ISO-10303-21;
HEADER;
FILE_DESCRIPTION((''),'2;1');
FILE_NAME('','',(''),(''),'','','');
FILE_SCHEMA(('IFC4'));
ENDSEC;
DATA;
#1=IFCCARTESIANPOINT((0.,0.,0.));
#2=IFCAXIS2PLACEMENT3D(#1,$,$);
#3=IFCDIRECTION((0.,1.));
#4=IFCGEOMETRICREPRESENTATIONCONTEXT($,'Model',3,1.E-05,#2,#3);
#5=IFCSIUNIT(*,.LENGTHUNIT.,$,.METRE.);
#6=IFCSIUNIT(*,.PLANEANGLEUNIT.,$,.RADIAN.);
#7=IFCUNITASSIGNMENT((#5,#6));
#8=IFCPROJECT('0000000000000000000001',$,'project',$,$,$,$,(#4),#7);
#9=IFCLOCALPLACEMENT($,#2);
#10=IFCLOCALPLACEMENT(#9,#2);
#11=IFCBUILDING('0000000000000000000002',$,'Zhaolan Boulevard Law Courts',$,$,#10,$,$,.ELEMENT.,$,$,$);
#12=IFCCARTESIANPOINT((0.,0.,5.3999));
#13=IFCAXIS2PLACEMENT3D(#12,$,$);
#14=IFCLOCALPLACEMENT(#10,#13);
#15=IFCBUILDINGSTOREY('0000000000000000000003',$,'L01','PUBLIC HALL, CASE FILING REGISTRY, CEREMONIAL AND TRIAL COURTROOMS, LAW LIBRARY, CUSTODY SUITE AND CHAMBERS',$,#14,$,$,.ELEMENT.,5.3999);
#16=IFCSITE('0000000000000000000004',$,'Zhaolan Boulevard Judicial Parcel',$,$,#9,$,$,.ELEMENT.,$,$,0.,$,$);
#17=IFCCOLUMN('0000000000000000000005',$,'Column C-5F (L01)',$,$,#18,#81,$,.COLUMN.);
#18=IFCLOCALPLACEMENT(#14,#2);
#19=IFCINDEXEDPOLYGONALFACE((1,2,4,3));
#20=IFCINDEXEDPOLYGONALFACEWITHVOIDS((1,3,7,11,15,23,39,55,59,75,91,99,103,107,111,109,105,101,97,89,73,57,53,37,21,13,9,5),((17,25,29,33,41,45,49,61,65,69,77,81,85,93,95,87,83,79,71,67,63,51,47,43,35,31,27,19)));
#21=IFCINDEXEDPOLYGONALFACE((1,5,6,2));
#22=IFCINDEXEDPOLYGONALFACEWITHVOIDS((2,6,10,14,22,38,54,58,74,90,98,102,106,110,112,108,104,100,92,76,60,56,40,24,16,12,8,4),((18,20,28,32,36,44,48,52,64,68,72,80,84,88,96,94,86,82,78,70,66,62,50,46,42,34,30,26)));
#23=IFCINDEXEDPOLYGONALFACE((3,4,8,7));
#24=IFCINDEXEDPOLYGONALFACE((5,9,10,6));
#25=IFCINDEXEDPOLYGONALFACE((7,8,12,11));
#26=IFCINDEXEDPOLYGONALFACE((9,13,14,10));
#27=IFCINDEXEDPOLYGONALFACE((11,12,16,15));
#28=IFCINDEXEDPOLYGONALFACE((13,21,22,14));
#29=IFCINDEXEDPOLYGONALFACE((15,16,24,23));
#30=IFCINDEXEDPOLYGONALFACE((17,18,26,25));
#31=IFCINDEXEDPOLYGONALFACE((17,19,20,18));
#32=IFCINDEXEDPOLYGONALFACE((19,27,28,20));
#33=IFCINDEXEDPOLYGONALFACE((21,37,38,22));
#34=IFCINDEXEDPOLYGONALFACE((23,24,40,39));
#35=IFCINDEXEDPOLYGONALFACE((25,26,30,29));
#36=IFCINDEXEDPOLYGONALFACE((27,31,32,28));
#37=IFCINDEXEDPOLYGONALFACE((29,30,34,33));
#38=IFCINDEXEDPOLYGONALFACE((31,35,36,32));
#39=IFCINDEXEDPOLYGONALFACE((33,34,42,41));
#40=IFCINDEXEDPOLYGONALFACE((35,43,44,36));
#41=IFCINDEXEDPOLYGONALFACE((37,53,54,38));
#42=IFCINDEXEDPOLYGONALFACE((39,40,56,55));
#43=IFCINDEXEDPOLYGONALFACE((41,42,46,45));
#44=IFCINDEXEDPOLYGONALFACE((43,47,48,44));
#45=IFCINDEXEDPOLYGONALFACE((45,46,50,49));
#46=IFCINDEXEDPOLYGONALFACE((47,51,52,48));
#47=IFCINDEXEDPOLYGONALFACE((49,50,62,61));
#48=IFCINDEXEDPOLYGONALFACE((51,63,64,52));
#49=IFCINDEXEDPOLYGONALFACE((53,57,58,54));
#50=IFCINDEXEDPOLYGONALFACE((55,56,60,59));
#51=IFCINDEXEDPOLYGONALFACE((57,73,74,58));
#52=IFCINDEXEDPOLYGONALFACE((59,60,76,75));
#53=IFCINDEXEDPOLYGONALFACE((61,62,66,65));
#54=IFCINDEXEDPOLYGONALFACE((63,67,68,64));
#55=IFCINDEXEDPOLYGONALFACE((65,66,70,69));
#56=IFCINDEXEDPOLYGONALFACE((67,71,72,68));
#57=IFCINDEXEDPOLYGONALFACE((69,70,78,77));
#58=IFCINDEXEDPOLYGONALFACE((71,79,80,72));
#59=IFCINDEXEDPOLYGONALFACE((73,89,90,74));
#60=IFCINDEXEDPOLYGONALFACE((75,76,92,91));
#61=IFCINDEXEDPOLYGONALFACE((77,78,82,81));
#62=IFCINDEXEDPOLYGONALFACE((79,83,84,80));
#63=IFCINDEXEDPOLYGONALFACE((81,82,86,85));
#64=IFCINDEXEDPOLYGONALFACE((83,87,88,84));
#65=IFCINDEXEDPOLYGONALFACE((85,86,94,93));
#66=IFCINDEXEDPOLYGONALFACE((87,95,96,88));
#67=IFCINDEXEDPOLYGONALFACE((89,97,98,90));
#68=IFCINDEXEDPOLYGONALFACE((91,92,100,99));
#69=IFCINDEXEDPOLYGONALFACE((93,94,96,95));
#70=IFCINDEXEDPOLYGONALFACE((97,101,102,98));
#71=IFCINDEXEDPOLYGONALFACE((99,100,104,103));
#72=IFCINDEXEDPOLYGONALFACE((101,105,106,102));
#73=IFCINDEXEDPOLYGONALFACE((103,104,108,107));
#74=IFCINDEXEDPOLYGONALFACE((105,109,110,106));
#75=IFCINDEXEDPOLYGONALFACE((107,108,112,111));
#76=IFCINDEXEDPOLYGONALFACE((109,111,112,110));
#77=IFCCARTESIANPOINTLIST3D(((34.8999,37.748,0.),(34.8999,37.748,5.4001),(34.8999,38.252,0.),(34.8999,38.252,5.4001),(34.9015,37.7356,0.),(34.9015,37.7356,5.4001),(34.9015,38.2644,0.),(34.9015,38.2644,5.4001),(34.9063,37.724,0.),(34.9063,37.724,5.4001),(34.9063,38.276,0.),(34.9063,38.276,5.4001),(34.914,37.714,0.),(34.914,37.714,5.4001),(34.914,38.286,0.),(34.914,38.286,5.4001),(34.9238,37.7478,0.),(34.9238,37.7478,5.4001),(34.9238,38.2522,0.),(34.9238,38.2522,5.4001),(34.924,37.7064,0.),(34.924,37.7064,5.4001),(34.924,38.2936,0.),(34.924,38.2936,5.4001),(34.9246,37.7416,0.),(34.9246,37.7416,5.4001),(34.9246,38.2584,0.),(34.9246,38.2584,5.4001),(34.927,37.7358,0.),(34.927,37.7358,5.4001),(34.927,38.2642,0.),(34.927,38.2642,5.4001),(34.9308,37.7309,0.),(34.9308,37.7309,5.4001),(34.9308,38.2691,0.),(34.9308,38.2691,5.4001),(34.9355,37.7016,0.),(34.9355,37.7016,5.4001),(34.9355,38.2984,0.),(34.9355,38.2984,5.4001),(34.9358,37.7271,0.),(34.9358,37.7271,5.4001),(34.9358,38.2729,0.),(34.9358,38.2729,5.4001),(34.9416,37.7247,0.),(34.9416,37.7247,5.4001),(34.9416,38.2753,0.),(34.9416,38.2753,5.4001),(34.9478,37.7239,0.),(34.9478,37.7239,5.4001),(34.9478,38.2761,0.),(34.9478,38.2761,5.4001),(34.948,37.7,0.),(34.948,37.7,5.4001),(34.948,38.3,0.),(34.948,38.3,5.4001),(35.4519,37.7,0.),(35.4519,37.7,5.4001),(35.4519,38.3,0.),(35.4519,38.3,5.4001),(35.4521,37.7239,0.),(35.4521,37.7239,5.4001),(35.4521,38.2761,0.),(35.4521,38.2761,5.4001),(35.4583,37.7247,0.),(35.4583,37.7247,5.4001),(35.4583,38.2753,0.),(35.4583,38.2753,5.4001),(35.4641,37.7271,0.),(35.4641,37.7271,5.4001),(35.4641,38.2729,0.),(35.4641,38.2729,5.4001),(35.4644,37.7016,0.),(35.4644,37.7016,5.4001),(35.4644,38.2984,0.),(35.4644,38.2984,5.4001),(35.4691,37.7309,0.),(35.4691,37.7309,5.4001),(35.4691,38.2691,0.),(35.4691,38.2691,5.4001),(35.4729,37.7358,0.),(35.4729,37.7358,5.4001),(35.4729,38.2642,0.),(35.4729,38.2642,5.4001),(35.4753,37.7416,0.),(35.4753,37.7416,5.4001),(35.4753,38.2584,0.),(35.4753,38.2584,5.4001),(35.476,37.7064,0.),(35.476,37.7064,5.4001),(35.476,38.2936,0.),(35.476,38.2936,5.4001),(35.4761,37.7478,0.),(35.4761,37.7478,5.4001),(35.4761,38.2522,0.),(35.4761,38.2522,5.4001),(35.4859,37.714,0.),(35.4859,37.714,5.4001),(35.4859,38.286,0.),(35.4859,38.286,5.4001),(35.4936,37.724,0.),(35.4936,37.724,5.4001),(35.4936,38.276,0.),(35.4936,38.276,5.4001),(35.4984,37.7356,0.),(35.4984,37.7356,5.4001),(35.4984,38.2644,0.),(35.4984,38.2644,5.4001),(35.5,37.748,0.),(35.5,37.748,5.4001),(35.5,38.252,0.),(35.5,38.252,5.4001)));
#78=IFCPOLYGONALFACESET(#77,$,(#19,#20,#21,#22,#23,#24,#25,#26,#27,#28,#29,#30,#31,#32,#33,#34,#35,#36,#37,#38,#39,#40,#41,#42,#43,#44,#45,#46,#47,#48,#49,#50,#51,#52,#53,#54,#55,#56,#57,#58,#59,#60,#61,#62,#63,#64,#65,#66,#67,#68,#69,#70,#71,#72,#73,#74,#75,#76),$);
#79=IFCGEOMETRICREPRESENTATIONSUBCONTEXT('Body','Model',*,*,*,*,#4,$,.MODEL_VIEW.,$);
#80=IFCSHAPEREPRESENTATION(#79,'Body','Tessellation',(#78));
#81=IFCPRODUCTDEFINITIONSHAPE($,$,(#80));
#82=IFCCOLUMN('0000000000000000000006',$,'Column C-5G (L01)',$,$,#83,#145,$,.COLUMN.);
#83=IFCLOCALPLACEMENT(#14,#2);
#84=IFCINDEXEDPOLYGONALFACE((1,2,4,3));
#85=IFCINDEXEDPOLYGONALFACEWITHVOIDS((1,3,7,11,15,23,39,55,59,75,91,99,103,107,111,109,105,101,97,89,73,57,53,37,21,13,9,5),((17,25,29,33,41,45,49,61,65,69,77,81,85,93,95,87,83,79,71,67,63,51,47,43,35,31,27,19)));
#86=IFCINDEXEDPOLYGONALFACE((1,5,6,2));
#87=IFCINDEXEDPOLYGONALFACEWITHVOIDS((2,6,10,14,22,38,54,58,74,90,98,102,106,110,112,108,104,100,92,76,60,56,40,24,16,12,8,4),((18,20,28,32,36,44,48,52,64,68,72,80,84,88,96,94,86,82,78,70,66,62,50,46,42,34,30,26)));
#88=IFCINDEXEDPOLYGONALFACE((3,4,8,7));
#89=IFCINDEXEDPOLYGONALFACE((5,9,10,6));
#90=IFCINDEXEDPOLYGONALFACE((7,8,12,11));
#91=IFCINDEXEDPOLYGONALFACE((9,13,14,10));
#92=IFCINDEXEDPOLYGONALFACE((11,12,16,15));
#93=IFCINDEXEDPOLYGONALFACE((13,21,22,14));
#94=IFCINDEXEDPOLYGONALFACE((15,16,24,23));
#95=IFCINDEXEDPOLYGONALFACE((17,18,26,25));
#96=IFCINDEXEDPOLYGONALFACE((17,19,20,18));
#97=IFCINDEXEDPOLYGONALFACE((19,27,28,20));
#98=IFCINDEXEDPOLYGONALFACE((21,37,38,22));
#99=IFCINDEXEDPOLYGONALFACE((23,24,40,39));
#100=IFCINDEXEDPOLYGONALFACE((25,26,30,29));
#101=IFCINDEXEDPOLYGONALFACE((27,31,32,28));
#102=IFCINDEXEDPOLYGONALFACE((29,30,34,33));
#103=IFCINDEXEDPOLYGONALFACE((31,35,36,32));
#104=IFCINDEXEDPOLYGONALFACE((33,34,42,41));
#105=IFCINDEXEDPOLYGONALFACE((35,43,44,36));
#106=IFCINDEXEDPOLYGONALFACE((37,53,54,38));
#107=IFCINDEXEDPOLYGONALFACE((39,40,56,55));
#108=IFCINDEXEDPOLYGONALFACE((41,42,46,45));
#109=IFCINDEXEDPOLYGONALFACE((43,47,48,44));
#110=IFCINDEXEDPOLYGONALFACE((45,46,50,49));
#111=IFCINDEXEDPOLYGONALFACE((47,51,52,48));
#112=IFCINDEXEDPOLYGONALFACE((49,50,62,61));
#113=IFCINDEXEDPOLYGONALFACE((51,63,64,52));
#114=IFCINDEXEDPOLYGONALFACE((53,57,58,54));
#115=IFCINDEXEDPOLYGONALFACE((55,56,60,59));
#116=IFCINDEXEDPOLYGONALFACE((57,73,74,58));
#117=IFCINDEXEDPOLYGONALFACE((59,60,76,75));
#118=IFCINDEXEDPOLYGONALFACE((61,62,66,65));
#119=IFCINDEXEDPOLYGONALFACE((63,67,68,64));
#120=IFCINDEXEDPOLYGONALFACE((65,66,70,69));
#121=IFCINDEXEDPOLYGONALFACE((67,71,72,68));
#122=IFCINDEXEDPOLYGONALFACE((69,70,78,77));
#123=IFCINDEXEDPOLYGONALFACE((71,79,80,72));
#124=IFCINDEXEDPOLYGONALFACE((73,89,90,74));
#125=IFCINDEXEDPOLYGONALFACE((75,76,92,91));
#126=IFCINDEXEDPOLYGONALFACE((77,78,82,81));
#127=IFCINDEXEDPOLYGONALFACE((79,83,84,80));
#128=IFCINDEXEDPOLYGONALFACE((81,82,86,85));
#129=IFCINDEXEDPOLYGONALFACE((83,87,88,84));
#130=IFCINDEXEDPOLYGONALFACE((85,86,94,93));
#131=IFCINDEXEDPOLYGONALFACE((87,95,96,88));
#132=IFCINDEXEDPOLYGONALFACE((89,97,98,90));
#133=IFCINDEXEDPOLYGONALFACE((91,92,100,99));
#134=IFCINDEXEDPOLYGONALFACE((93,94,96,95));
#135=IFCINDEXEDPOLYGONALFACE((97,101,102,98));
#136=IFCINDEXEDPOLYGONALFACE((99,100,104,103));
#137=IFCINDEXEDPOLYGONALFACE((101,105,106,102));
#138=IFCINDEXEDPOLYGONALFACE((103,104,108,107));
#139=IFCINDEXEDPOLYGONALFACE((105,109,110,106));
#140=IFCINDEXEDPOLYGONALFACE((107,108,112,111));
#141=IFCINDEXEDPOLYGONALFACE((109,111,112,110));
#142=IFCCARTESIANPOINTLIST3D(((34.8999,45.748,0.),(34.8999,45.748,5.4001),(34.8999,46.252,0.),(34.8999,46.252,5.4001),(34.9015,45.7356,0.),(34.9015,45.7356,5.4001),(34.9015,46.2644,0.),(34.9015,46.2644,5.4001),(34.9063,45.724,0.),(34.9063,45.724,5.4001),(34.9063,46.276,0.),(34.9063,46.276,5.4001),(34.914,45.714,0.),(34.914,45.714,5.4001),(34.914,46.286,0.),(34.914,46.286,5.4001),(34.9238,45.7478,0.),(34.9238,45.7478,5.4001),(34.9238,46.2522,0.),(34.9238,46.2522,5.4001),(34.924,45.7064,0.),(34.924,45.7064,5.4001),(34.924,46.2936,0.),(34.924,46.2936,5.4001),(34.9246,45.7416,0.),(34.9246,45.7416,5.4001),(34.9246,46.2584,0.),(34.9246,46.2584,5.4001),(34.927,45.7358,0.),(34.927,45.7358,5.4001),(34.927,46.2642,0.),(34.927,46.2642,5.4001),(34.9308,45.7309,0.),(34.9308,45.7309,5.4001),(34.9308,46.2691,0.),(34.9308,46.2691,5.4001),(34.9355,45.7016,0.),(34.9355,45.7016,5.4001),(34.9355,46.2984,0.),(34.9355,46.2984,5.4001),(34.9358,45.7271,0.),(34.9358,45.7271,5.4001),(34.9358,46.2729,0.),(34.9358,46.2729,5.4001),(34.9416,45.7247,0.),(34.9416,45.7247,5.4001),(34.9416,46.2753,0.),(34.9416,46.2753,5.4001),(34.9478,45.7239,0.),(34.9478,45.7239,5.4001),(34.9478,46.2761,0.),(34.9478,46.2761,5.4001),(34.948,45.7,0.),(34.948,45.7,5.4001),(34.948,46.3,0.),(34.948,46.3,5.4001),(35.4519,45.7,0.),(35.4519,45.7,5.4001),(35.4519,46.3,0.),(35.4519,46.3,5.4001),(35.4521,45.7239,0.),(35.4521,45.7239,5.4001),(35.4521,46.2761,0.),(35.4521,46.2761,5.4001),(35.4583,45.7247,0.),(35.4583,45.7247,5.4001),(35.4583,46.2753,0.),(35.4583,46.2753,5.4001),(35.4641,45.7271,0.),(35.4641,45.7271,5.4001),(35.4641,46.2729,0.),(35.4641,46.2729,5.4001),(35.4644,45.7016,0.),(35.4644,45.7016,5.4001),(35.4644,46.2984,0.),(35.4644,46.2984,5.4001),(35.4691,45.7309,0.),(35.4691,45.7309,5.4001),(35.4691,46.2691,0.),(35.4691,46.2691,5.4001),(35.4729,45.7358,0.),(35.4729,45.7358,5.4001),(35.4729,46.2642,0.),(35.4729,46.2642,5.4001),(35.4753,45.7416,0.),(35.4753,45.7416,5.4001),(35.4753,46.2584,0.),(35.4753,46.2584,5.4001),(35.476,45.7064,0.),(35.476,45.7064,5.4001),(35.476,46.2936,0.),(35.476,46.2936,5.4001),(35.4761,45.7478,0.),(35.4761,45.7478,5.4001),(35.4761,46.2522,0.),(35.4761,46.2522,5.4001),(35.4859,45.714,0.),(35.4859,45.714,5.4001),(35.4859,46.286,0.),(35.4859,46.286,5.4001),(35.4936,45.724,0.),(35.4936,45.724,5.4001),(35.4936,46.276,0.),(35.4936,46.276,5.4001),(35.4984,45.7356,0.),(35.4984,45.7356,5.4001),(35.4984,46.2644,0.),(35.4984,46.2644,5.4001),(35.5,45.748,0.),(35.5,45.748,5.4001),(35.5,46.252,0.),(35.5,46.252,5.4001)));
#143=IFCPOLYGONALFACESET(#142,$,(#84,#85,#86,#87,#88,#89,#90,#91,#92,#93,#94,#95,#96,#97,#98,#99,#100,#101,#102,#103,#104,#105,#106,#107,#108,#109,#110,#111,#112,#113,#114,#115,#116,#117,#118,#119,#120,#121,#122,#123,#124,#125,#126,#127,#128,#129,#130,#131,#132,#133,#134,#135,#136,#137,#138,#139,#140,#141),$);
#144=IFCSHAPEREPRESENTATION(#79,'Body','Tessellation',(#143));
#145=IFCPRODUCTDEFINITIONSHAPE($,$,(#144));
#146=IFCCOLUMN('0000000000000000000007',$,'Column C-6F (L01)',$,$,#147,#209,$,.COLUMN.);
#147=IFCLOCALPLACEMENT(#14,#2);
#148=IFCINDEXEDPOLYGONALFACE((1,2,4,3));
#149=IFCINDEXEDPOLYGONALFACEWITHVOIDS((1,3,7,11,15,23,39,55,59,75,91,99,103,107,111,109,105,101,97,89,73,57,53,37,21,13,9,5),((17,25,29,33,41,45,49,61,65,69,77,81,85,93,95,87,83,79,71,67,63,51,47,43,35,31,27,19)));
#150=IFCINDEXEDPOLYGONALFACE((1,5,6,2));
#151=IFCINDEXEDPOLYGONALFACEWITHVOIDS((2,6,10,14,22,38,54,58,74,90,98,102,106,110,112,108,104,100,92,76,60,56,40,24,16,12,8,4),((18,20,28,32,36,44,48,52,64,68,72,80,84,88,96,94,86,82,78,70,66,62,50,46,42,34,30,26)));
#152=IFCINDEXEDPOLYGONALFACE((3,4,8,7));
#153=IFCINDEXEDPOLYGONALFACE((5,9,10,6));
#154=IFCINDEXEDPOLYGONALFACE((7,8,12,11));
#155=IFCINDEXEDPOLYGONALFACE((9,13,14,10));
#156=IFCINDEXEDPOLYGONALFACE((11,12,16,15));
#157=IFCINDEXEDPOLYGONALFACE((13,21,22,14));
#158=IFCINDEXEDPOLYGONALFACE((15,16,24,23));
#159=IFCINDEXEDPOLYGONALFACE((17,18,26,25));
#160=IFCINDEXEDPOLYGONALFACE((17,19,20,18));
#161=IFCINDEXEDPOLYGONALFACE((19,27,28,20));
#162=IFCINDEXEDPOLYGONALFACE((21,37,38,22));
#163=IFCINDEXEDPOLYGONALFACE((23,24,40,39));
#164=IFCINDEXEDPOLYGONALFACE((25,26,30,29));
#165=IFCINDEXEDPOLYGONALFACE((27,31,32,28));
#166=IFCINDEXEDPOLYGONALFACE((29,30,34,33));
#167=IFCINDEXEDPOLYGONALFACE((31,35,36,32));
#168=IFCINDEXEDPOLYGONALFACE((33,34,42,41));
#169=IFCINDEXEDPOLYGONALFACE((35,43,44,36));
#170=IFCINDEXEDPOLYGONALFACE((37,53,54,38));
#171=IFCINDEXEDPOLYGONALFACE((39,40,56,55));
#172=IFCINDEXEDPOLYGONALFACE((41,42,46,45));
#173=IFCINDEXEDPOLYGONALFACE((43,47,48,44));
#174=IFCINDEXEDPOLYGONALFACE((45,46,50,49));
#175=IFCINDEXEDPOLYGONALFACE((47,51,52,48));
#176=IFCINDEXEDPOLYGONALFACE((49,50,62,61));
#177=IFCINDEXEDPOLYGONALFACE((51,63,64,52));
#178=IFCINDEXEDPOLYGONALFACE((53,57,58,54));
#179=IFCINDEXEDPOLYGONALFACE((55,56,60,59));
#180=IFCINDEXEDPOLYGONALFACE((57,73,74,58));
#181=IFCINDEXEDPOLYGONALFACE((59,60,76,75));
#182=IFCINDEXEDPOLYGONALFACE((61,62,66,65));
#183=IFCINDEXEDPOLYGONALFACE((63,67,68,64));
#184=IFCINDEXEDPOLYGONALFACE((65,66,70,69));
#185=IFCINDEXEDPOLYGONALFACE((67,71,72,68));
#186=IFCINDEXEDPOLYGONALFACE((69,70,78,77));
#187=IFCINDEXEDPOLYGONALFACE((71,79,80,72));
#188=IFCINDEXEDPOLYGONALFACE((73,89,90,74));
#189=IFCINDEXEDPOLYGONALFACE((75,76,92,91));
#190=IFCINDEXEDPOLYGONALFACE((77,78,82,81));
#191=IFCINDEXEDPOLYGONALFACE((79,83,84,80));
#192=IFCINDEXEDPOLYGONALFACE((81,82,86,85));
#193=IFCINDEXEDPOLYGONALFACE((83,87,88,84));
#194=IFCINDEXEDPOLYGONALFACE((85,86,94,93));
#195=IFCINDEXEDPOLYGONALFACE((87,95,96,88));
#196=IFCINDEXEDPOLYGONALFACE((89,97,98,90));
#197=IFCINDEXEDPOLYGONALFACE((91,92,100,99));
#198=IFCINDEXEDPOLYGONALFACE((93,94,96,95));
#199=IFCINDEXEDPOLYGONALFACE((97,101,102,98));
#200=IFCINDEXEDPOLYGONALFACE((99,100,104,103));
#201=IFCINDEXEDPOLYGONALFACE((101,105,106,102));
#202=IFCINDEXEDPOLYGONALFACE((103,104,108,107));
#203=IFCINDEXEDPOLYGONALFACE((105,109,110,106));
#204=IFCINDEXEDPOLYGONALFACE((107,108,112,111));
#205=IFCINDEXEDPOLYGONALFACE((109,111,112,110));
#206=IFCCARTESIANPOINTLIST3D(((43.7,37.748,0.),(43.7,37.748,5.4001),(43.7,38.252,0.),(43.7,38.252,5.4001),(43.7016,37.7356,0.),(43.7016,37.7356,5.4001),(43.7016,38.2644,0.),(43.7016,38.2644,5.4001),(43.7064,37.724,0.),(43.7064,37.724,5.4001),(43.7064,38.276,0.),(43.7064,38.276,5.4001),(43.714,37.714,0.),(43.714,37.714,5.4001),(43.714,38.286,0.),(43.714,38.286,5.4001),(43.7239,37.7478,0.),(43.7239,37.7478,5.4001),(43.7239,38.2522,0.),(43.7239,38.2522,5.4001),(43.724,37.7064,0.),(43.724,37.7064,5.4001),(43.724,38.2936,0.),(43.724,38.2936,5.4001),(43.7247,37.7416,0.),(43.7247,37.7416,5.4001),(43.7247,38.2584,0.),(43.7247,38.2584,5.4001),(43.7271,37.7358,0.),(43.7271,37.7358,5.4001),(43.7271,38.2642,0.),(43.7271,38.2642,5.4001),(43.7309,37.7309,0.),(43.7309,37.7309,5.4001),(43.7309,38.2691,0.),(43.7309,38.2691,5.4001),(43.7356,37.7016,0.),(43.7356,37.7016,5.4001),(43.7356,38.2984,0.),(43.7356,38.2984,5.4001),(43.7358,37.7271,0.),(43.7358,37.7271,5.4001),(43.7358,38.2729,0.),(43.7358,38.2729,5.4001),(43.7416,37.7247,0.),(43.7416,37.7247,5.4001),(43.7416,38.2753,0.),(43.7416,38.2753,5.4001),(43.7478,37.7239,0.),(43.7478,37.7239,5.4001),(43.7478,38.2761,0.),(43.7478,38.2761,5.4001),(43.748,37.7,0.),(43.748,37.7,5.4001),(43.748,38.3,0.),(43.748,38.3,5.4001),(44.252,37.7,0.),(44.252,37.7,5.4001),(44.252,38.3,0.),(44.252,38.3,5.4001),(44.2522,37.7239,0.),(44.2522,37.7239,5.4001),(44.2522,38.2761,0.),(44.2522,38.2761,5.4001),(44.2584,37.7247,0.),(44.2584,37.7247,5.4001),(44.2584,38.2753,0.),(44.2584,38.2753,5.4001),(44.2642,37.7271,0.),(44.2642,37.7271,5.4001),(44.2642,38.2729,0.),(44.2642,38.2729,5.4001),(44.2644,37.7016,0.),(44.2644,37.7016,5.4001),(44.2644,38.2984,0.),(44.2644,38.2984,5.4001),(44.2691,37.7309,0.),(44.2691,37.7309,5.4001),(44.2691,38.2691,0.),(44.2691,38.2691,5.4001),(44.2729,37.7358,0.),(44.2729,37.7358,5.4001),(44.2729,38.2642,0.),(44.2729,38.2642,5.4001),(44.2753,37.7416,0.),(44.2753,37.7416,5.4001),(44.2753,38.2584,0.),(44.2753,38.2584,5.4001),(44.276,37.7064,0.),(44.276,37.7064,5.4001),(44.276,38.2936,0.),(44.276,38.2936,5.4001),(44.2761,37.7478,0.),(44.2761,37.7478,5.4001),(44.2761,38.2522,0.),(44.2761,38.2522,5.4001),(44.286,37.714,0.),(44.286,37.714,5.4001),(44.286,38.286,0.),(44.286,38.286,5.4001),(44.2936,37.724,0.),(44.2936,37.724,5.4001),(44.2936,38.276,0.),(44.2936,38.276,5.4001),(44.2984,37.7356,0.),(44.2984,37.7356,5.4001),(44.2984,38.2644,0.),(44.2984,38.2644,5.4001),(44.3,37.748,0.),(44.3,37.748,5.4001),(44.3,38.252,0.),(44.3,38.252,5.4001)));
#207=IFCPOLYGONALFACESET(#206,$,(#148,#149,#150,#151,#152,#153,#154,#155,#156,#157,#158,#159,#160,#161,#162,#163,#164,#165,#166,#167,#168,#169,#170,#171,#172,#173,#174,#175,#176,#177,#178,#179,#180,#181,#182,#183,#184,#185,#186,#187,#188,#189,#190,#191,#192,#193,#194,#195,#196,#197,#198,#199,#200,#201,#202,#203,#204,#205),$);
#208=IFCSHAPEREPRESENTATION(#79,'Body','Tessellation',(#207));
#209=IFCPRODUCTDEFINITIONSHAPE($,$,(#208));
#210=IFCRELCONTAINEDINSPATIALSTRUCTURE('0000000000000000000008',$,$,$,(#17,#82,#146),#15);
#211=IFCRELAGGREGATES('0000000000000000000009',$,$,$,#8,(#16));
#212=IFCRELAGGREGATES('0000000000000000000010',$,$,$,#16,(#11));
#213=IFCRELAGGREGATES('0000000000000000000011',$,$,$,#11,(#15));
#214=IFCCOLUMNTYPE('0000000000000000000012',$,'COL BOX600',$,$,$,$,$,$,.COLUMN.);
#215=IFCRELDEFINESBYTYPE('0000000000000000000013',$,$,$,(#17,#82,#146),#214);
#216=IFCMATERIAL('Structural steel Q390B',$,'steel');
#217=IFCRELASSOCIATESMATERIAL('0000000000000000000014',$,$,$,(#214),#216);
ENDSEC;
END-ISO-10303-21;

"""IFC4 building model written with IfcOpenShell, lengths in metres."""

from ifc_helpers import new_model, si_unit, direction, frame, origin, origin_2d, place, context, subcontext, project, spatial, hollow_rectangle, extrude, material, material_profile, profile_set, type_object, element, save


model = new_model("IFC4")

# Units and contexts
model_context = context("Model", 3, precision=1e-05, world=origin(), true_north=direction((0.0, 1.0)))
body_context = subcontext(model_context, "Body", "Model", "MODEL_VIEW")
ifc_project = project(units=[si_unit("LENGTHUNIT", "METRE"), si_unit("PLANEANGLEUNIT", "RADIAN")], contexts=[model_context])

# Site, building, storey
site_placement = place(None, origin())
site = spatial("IfcSite", under=ifc_project, at=site_placement, Name="Zhaolan Boulevard Judicial Parcel", CompositionType="ELEMENT", RefElevation=0.0)
building_placement = place(site_placement, origin())
building = spatial("IfcBuilding", under=site, at=building_placement, Name="Zhaolan Boulevard Law Courts", CompositionType="ELEMENT")
storey_placement = place(building_placement, frame((0.0, 0.0, 5.3999)))
storey = spatial("IfcBuildingStorey", under=building, at=storey_placement, Name="L01", Description="PUBLIC HALL, CASE FILING REGISTRY, CEREMONIAL AND TRIAL COURTROOMS, LAW LIBRARY, CUSTODY SUITE AND CHAMBERS", CompositionType="ELEMENT", Elevation=5.3999)

# Columns
ifc_material_1 = material(Name="Structural steel Q390B", Category="steel")
ifc_material_profile_1 = material_profile(ifc_material_1, hollow_rectangle(XDim=0.6001, YDim=0.6001, WallThickness=0.0239, InnerFilletRadius=0.0239, OuterFilletRadius=0.0481, at=origin_2d()), Name="BOX600x600x24")
ifc_profile_set_1 = profile_set([ifc_material_profile_1], Name="Structural steel Q390B")
column_type = type_object("IfcColumnType", Name="COL BOX600", PredefinedType="COLUMN", material=ifc_profile_set_1)
for number, where, z_axis, x_axis, name in (
    (1, (35.2, 38.0, 0.0), (0.0, 0.0, 1.0), (1.0, 0.0, 0.0), "Column C-5F (L01)"),
    (2, (35.2, 46.0, 0.0), (0.0, 0.0, 1.0), (1.0, 0.0, 0.0), "Column C-5G (L01)"),
    (3, (44.0, 38.0, 0.0), (0.0, 0.0, 1.0), (1.0, 0.0, 0.0), "Column C-6F (L01)"),
):
    element("IfcColumn", number, at=place(storey_placement, frame(where, z_axis=z_axis, x_axis=x_axis)), inside=storey, type_object=column_type, Name=name, PredefinedType="COLUMN", context=body_context, shape_type="SweptSolid", body=[
        extrude(hollow_rectangle(XDim=0.6001, YDim=0.6001, WallThickness=0.0239, InnerFilletRadius=0.0239, OuterFilletRadius=0.0481, at=origin_2d()), origin(), (0.0, 0.0, 1.0), 5.4001),
    ])

save(model, "model.ifc")
